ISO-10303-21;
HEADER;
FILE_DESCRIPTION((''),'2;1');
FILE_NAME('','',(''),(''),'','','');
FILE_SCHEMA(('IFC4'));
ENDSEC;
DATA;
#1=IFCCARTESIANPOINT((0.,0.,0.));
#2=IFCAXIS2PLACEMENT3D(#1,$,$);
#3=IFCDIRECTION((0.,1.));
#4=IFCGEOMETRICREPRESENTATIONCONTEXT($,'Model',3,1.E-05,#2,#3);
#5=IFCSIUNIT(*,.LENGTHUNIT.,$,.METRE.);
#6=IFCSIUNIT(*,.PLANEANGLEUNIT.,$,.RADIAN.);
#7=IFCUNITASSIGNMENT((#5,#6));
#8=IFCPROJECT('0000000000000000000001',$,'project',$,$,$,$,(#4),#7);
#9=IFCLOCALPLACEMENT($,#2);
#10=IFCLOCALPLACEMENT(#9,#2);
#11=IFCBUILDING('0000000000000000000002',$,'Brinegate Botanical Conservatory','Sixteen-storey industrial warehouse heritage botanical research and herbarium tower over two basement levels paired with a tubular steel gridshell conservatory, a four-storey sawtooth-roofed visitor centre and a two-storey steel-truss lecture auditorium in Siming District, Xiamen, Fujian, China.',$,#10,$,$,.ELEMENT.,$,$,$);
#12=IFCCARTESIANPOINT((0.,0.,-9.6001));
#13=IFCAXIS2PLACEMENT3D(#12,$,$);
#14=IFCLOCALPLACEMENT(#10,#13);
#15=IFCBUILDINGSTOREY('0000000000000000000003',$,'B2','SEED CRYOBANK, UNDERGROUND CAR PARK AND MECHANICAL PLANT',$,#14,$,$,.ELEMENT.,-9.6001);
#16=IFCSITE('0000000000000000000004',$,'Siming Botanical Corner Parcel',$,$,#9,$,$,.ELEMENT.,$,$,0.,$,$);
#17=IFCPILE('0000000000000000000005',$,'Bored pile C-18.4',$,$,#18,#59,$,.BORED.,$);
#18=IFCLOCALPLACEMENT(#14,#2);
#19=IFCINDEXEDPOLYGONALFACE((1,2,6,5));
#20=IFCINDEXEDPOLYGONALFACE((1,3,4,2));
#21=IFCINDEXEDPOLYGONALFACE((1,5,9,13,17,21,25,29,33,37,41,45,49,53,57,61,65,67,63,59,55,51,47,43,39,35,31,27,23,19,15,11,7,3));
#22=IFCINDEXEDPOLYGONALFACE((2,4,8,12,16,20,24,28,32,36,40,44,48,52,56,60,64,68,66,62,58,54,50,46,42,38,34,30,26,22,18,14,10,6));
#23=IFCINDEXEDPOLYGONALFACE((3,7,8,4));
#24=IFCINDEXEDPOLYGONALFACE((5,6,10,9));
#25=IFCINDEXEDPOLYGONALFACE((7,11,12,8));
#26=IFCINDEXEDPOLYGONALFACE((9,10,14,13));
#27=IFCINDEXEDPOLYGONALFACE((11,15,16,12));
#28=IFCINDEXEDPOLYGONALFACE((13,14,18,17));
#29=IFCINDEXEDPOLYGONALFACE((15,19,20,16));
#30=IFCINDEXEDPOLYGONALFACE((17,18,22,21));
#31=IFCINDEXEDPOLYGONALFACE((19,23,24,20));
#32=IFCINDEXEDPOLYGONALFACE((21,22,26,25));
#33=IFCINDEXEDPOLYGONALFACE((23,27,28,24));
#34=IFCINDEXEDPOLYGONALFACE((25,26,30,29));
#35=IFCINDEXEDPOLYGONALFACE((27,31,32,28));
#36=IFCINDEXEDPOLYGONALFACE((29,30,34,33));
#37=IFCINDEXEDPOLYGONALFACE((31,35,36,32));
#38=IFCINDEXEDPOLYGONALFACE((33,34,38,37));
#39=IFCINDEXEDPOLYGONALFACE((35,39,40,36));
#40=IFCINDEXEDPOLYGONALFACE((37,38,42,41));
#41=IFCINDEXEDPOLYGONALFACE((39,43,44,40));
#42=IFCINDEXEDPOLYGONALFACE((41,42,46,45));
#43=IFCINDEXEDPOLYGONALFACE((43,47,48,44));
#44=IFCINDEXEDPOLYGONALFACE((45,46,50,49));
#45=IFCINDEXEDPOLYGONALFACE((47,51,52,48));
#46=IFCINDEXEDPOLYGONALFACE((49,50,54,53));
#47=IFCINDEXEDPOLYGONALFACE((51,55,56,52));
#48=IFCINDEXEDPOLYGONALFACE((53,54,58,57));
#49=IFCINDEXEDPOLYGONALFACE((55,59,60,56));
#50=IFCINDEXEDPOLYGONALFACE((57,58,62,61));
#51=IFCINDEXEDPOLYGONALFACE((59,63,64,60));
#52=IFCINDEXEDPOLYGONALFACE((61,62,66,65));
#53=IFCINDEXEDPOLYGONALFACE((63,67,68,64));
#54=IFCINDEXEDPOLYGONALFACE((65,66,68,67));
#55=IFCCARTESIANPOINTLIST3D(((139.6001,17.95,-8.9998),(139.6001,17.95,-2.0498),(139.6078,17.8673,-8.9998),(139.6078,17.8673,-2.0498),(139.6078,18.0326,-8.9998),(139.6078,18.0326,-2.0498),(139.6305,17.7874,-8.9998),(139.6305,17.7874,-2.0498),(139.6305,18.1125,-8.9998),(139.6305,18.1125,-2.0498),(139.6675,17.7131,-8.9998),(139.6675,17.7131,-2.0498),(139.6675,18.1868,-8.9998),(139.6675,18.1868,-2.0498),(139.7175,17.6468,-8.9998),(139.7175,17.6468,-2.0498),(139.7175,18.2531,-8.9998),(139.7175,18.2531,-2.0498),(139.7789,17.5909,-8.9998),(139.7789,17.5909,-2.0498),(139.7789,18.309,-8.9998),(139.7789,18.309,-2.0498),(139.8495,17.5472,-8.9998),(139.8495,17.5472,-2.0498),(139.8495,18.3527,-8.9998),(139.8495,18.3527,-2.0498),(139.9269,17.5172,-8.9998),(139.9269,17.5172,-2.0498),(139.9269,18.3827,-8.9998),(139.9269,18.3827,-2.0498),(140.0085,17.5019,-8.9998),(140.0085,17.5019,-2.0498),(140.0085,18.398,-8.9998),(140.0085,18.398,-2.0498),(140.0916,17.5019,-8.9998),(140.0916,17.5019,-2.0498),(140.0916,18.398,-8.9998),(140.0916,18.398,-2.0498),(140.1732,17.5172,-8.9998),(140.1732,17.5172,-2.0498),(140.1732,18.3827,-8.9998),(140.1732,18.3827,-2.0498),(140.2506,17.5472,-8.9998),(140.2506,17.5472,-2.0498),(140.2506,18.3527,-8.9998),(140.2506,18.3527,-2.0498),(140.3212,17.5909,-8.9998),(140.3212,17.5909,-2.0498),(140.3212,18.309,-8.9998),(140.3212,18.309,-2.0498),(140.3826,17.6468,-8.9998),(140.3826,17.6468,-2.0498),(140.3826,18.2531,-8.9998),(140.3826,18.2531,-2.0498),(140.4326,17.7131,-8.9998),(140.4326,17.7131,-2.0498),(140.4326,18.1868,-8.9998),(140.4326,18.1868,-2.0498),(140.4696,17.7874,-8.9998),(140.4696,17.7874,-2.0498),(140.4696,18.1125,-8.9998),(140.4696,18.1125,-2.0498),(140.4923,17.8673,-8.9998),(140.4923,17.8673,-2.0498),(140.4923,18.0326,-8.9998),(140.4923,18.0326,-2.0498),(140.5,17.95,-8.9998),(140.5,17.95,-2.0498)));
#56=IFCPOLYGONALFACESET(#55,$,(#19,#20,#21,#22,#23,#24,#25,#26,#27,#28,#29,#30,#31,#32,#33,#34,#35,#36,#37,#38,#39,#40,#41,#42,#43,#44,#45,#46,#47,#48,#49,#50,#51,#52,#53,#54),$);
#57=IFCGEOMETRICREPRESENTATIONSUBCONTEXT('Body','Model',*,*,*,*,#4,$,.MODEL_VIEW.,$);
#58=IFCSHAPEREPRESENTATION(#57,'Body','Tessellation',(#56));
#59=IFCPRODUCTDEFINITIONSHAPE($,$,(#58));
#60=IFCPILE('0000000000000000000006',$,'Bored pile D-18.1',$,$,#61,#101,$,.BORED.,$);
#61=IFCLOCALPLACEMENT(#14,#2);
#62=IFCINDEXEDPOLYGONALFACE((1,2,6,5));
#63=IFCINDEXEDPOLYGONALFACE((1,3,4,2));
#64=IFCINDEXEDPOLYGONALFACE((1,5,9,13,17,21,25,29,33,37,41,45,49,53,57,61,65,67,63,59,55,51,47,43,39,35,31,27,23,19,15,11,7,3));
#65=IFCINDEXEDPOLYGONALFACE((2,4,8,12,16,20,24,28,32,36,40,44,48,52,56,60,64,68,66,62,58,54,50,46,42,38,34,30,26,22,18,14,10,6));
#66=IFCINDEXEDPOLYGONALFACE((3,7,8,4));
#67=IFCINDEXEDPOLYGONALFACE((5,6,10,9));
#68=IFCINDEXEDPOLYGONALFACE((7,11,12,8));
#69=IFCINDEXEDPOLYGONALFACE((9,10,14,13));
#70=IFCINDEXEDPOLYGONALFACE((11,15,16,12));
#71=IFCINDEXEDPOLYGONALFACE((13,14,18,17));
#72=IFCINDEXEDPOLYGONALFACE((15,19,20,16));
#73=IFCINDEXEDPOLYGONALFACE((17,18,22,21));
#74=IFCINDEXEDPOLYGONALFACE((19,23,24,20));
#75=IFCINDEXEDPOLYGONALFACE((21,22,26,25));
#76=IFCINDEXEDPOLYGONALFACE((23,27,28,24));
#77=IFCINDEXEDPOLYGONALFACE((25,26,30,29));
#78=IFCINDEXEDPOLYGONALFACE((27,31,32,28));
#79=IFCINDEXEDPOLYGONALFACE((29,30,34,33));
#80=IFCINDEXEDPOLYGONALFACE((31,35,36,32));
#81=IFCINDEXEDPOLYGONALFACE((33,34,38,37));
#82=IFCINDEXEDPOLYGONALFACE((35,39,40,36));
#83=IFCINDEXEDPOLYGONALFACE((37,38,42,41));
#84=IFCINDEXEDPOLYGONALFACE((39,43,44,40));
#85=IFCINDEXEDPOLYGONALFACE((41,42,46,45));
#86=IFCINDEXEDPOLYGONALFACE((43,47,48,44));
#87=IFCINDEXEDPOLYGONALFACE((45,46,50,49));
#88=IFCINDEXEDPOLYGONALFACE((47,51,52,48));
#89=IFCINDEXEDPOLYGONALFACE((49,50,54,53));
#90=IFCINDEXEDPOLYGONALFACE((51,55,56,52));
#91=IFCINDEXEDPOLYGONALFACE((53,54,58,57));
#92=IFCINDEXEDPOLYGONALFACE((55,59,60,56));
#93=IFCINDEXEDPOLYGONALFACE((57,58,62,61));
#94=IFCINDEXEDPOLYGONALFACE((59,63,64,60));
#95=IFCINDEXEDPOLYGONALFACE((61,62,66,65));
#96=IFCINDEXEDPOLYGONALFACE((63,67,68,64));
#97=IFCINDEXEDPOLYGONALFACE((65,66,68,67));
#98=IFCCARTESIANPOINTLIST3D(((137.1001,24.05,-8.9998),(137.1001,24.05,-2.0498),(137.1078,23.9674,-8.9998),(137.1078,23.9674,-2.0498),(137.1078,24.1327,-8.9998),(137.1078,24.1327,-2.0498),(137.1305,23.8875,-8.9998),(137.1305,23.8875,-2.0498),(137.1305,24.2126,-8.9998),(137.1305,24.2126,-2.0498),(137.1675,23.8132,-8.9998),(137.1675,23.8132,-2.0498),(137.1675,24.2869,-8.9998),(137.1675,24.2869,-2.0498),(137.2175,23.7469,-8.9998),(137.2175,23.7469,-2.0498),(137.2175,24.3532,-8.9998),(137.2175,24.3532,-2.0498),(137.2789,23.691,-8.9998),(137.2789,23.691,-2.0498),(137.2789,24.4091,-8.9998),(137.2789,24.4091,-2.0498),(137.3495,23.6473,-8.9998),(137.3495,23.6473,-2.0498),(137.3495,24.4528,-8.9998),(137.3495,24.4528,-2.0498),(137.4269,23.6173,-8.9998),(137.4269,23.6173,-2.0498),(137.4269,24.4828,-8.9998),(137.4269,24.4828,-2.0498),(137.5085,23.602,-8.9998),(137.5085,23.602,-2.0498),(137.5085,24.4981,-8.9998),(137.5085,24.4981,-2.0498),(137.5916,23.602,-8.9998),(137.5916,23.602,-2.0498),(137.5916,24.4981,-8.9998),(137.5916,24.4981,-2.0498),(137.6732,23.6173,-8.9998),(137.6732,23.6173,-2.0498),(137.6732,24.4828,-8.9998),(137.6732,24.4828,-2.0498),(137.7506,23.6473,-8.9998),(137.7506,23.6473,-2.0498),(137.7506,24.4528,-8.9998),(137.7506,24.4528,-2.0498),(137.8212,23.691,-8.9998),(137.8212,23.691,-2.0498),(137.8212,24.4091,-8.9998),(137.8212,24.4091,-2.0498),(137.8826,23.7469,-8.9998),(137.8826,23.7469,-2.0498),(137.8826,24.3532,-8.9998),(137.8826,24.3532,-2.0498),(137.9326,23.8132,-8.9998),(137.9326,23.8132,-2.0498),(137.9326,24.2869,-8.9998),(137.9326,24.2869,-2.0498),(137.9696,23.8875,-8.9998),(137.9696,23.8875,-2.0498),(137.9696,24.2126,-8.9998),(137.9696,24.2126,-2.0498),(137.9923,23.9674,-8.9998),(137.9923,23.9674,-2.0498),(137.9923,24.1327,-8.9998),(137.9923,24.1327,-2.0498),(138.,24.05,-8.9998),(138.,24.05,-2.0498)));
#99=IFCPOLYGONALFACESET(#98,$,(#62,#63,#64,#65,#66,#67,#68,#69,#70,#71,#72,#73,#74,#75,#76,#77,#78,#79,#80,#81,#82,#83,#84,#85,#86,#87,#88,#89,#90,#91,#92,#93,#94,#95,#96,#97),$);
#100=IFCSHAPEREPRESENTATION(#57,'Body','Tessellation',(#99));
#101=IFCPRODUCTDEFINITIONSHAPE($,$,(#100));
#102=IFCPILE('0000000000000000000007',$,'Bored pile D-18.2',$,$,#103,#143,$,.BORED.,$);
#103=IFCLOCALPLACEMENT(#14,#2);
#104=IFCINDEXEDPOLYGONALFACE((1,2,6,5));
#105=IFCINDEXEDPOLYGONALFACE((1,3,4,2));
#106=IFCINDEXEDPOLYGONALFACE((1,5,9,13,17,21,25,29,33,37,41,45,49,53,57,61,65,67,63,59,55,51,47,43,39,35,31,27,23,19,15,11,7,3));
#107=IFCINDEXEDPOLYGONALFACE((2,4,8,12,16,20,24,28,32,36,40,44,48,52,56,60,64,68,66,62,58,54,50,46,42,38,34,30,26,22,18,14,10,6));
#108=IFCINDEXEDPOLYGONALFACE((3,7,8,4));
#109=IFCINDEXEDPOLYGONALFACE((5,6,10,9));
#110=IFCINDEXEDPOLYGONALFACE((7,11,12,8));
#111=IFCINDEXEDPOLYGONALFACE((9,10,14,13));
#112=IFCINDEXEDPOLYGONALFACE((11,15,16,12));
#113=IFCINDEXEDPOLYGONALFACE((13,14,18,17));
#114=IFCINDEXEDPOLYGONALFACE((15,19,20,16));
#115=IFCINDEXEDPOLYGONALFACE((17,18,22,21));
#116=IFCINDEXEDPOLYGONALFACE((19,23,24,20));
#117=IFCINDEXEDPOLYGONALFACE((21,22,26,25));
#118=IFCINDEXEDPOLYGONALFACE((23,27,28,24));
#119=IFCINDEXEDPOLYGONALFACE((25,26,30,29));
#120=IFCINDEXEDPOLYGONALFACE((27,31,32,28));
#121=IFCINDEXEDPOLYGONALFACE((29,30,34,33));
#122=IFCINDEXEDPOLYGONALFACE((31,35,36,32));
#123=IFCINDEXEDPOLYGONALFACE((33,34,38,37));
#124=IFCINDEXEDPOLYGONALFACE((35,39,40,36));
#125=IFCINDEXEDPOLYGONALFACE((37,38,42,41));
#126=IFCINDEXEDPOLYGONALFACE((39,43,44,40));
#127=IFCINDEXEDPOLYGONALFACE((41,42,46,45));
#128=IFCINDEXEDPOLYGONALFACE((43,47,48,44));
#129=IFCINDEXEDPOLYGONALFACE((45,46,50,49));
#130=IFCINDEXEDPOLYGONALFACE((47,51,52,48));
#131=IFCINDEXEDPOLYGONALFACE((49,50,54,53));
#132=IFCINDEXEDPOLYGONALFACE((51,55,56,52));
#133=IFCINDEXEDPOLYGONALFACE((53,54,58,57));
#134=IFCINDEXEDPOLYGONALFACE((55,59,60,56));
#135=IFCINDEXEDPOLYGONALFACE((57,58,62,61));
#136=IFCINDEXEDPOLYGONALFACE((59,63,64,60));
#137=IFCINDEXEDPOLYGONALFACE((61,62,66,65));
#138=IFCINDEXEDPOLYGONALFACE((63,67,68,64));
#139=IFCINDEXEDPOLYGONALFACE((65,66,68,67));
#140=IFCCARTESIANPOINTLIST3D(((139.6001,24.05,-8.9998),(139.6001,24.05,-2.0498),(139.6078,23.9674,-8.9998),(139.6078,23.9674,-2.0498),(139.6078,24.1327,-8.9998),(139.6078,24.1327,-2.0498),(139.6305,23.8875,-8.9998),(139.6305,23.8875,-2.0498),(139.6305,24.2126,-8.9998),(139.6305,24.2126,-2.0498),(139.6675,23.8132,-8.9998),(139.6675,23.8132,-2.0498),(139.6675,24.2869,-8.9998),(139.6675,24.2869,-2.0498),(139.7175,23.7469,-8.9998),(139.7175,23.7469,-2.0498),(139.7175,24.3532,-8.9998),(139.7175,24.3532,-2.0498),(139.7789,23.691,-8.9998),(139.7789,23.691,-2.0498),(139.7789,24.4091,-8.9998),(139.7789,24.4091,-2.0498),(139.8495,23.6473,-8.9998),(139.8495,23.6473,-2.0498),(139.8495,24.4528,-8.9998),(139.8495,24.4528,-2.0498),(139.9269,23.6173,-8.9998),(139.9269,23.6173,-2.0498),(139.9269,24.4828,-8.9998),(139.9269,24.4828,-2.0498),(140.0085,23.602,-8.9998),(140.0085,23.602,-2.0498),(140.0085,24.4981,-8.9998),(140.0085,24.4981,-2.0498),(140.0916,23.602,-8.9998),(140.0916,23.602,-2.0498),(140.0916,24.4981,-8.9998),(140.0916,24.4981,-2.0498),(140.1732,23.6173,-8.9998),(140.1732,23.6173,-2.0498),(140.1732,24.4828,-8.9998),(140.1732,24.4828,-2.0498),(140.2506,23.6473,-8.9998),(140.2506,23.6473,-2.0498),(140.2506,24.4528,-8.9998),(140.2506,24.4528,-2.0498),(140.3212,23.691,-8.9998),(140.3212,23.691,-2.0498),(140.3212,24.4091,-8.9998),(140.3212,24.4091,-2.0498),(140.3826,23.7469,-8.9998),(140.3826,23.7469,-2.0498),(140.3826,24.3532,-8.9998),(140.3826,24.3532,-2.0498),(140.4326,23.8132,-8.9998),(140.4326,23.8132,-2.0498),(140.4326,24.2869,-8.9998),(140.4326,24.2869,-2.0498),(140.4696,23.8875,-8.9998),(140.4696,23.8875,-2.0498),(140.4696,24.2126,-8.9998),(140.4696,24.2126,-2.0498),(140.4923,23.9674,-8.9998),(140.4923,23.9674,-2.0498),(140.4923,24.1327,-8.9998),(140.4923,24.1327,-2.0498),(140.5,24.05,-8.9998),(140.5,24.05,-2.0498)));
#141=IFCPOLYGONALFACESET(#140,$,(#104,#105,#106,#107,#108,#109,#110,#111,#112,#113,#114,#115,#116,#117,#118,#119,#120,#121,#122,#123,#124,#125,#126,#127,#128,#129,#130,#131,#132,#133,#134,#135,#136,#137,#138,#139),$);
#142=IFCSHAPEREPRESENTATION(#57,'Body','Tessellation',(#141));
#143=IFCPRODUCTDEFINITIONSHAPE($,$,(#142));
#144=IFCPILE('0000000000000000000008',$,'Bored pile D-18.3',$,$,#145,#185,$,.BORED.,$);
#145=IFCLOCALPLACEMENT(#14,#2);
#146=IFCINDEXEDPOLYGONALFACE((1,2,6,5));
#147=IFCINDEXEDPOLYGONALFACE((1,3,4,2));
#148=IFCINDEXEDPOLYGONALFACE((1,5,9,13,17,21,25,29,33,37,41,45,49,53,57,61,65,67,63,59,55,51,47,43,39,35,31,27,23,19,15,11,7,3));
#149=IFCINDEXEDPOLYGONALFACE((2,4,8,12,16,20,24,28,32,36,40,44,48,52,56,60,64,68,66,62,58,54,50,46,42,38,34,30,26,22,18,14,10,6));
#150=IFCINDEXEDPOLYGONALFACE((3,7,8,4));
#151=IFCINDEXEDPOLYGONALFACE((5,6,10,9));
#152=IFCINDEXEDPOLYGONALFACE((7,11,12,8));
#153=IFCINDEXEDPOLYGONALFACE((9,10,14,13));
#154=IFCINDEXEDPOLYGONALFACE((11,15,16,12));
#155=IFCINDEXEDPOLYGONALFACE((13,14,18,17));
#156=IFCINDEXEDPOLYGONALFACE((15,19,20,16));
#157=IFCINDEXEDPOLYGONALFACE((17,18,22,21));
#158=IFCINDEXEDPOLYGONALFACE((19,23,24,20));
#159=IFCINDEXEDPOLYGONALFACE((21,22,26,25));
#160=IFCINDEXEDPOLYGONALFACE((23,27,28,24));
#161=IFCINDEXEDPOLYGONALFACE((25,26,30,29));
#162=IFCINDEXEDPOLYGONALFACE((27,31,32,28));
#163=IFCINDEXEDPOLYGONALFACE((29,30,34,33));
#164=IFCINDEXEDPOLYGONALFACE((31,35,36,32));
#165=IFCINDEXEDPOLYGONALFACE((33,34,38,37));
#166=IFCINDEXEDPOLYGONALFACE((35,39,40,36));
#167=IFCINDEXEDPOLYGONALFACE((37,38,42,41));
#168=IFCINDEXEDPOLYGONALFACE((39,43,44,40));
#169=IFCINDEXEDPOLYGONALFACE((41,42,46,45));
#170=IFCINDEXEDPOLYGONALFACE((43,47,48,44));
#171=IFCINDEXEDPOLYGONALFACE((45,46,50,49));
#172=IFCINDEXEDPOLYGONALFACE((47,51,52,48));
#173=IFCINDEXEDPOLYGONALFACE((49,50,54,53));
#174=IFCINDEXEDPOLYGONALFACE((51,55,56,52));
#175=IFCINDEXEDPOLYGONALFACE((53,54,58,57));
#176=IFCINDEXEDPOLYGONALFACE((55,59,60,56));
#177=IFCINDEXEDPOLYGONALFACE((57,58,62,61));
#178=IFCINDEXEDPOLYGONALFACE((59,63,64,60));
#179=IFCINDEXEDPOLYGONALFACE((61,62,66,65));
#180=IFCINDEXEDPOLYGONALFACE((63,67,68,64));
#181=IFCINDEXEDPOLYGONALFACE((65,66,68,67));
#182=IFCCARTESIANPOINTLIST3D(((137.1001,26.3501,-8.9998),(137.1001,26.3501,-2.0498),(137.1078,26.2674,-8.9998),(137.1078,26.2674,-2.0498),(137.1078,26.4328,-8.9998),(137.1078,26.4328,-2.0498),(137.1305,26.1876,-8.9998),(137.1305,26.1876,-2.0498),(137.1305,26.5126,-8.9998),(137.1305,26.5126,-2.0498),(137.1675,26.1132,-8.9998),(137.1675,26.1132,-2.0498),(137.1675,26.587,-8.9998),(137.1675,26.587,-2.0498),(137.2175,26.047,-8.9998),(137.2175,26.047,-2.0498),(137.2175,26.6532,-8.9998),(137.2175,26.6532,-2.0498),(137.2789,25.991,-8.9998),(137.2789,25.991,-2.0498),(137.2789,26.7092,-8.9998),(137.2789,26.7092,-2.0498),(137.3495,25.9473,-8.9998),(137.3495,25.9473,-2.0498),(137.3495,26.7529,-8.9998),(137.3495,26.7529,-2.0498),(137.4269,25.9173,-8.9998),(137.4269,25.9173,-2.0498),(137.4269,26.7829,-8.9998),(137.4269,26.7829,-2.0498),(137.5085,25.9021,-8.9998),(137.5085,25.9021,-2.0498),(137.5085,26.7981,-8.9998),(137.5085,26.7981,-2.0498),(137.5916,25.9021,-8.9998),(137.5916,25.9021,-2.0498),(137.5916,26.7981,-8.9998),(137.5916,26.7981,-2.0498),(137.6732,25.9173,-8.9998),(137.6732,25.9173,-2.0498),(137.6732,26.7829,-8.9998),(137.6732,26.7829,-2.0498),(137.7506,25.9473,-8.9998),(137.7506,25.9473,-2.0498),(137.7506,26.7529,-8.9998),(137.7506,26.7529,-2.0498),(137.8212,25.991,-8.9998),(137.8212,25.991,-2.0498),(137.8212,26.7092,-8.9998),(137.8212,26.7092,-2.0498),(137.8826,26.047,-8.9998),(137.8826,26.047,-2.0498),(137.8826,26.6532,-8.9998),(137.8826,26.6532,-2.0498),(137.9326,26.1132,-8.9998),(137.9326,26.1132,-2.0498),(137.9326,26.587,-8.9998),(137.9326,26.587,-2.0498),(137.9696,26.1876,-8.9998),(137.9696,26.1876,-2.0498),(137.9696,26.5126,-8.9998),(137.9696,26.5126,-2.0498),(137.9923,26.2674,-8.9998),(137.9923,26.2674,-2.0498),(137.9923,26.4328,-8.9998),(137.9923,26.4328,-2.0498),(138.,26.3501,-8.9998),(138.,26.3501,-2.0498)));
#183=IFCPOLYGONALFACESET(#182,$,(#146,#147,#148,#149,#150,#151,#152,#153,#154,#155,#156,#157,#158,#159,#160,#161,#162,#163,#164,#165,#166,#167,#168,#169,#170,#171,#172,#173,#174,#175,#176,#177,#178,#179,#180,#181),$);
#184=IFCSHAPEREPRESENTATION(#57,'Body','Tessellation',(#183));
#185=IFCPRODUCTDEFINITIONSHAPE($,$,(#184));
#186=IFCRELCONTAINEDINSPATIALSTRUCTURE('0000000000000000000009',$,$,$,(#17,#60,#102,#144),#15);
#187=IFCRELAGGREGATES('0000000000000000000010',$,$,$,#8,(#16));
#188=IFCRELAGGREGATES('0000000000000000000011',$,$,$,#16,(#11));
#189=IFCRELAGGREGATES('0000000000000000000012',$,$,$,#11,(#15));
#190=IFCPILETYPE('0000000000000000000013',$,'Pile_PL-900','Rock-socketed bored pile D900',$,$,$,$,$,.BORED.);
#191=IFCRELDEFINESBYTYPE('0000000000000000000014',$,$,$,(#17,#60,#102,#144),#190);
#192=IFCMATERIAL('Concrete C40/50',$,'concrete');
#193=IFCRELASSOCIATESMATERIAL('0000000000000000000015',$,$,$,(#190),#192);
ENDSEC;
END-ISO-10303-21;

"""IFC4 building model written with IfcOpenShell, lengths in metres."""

from ifc_helpers import new_model, si_unit, direction, frame, origin, origin_2d, place, context, subcontext, project, spatial, circle, extrude, material, material_profile, profile_set, type_object, element, save


model = new_model("IFC4")

# Units and contexts
model_context = context("Model", 3, precision=1e-05, world=origin(), true_north=direction((0.0, 1.0)))
body_context = subcontext(model_context, "Body", "Model", "MODEL_VIEW")
ifc_project = project(units=[si_unit("LENGTHUNIT", "METRE"), si_unit("PLANEANGLEUNIT", "RADIAN")], contexts=[model_context])

# Site, building, storey
site_placement = place(None, origin())
site = spatial("IfcSite", under=ifc_project, at=site_placement, Name="Siming Botanical Corner Parcel", CompositionType="ELEMENT", RefElevation=0.0)
building_placement = place(site_placement, origin())
building = spatial("IfcBuilding", under=site, at=building_placement, Name="Brinegate Botanical Conservatory", Description="Sixteen-storey industrial warehouse heritage botanical research and herbarium tower over two basement levels paired with a tubular steel gridshell conservatory, a four-storey sawtooth-roofed visitor centre and a two-storey steel-truss lecture auditorium in Siming District, Xiamen, Fujian, China.", CompositionType="ELEMENT")
storey_placement = place(building_placement, frame((0.0, 0.0, -9.6001)))
storey = spatial("IfcBuildingStorey", under=building, at=storey_placement, Name="B2", Description="SEED CRYOBANK, UNDERGROUND CAR PARK AND MECHANICAL PLANT", CompositionType="ELEMENT", Elevation=-9.6001)

# Shared definitions
ifc_material_1 = material(Name="Concrete C40/50", Category="concrete")

# Piles
ifc_material_profile_1 = material_profile(ifc_material_1, circle(Radius=0.45, at=origin_2d()), Name="PILE D900")
ifc_profile_set_1 = profile_set([ifc_material_profile_1], Name="Concrete C40/50")
pile_type = type_object("IfcPileType", Name="Pile_PL-900", Description="Rock-socketed bored pile D900", PredefinedType="BORED", material=ifc_profile_set_1)
for number, where, z_axis, x_axis, name in (
    (1, (140.05, 17.95, -2.0498), (0.0, 0.0, -1.0), (1.0, 0.0, 0.0), "Bored pile C-18.4"),
    (2, (137.55, 24.05, -2.0498), (0.0, 0.0, -1.0), (1.0, 0.0, 0.0), "Bored pile D-18.1"),
    (3, (140.05, 24.05, -2.0498), (0.0, 0.0, -1.0), (1.0, 0.0, 0.0), "Bored pile D-18.2"),
    (4, (137.55, 26.3501, -2.0498), (0.0, 0.0, -1.0), (1.0, 0.0, 0.0), "Bored pile D-18.3"),
):
    element("IfcPile", number, at=place(storey_placement, frame(where, z_axis=z_axis, x_axis=x_axis)), inside=storey, type_object=pile_type, Name=name, PredefinedType="BORED", context=body_context, shape_type="SweptSolid", body=[
        extrude(circle(Radius=0.45, at=origin_2d()), origin(), (0.0, 0.0, 1.0), 6.95),
    ])

save(model, "model.ifc")
